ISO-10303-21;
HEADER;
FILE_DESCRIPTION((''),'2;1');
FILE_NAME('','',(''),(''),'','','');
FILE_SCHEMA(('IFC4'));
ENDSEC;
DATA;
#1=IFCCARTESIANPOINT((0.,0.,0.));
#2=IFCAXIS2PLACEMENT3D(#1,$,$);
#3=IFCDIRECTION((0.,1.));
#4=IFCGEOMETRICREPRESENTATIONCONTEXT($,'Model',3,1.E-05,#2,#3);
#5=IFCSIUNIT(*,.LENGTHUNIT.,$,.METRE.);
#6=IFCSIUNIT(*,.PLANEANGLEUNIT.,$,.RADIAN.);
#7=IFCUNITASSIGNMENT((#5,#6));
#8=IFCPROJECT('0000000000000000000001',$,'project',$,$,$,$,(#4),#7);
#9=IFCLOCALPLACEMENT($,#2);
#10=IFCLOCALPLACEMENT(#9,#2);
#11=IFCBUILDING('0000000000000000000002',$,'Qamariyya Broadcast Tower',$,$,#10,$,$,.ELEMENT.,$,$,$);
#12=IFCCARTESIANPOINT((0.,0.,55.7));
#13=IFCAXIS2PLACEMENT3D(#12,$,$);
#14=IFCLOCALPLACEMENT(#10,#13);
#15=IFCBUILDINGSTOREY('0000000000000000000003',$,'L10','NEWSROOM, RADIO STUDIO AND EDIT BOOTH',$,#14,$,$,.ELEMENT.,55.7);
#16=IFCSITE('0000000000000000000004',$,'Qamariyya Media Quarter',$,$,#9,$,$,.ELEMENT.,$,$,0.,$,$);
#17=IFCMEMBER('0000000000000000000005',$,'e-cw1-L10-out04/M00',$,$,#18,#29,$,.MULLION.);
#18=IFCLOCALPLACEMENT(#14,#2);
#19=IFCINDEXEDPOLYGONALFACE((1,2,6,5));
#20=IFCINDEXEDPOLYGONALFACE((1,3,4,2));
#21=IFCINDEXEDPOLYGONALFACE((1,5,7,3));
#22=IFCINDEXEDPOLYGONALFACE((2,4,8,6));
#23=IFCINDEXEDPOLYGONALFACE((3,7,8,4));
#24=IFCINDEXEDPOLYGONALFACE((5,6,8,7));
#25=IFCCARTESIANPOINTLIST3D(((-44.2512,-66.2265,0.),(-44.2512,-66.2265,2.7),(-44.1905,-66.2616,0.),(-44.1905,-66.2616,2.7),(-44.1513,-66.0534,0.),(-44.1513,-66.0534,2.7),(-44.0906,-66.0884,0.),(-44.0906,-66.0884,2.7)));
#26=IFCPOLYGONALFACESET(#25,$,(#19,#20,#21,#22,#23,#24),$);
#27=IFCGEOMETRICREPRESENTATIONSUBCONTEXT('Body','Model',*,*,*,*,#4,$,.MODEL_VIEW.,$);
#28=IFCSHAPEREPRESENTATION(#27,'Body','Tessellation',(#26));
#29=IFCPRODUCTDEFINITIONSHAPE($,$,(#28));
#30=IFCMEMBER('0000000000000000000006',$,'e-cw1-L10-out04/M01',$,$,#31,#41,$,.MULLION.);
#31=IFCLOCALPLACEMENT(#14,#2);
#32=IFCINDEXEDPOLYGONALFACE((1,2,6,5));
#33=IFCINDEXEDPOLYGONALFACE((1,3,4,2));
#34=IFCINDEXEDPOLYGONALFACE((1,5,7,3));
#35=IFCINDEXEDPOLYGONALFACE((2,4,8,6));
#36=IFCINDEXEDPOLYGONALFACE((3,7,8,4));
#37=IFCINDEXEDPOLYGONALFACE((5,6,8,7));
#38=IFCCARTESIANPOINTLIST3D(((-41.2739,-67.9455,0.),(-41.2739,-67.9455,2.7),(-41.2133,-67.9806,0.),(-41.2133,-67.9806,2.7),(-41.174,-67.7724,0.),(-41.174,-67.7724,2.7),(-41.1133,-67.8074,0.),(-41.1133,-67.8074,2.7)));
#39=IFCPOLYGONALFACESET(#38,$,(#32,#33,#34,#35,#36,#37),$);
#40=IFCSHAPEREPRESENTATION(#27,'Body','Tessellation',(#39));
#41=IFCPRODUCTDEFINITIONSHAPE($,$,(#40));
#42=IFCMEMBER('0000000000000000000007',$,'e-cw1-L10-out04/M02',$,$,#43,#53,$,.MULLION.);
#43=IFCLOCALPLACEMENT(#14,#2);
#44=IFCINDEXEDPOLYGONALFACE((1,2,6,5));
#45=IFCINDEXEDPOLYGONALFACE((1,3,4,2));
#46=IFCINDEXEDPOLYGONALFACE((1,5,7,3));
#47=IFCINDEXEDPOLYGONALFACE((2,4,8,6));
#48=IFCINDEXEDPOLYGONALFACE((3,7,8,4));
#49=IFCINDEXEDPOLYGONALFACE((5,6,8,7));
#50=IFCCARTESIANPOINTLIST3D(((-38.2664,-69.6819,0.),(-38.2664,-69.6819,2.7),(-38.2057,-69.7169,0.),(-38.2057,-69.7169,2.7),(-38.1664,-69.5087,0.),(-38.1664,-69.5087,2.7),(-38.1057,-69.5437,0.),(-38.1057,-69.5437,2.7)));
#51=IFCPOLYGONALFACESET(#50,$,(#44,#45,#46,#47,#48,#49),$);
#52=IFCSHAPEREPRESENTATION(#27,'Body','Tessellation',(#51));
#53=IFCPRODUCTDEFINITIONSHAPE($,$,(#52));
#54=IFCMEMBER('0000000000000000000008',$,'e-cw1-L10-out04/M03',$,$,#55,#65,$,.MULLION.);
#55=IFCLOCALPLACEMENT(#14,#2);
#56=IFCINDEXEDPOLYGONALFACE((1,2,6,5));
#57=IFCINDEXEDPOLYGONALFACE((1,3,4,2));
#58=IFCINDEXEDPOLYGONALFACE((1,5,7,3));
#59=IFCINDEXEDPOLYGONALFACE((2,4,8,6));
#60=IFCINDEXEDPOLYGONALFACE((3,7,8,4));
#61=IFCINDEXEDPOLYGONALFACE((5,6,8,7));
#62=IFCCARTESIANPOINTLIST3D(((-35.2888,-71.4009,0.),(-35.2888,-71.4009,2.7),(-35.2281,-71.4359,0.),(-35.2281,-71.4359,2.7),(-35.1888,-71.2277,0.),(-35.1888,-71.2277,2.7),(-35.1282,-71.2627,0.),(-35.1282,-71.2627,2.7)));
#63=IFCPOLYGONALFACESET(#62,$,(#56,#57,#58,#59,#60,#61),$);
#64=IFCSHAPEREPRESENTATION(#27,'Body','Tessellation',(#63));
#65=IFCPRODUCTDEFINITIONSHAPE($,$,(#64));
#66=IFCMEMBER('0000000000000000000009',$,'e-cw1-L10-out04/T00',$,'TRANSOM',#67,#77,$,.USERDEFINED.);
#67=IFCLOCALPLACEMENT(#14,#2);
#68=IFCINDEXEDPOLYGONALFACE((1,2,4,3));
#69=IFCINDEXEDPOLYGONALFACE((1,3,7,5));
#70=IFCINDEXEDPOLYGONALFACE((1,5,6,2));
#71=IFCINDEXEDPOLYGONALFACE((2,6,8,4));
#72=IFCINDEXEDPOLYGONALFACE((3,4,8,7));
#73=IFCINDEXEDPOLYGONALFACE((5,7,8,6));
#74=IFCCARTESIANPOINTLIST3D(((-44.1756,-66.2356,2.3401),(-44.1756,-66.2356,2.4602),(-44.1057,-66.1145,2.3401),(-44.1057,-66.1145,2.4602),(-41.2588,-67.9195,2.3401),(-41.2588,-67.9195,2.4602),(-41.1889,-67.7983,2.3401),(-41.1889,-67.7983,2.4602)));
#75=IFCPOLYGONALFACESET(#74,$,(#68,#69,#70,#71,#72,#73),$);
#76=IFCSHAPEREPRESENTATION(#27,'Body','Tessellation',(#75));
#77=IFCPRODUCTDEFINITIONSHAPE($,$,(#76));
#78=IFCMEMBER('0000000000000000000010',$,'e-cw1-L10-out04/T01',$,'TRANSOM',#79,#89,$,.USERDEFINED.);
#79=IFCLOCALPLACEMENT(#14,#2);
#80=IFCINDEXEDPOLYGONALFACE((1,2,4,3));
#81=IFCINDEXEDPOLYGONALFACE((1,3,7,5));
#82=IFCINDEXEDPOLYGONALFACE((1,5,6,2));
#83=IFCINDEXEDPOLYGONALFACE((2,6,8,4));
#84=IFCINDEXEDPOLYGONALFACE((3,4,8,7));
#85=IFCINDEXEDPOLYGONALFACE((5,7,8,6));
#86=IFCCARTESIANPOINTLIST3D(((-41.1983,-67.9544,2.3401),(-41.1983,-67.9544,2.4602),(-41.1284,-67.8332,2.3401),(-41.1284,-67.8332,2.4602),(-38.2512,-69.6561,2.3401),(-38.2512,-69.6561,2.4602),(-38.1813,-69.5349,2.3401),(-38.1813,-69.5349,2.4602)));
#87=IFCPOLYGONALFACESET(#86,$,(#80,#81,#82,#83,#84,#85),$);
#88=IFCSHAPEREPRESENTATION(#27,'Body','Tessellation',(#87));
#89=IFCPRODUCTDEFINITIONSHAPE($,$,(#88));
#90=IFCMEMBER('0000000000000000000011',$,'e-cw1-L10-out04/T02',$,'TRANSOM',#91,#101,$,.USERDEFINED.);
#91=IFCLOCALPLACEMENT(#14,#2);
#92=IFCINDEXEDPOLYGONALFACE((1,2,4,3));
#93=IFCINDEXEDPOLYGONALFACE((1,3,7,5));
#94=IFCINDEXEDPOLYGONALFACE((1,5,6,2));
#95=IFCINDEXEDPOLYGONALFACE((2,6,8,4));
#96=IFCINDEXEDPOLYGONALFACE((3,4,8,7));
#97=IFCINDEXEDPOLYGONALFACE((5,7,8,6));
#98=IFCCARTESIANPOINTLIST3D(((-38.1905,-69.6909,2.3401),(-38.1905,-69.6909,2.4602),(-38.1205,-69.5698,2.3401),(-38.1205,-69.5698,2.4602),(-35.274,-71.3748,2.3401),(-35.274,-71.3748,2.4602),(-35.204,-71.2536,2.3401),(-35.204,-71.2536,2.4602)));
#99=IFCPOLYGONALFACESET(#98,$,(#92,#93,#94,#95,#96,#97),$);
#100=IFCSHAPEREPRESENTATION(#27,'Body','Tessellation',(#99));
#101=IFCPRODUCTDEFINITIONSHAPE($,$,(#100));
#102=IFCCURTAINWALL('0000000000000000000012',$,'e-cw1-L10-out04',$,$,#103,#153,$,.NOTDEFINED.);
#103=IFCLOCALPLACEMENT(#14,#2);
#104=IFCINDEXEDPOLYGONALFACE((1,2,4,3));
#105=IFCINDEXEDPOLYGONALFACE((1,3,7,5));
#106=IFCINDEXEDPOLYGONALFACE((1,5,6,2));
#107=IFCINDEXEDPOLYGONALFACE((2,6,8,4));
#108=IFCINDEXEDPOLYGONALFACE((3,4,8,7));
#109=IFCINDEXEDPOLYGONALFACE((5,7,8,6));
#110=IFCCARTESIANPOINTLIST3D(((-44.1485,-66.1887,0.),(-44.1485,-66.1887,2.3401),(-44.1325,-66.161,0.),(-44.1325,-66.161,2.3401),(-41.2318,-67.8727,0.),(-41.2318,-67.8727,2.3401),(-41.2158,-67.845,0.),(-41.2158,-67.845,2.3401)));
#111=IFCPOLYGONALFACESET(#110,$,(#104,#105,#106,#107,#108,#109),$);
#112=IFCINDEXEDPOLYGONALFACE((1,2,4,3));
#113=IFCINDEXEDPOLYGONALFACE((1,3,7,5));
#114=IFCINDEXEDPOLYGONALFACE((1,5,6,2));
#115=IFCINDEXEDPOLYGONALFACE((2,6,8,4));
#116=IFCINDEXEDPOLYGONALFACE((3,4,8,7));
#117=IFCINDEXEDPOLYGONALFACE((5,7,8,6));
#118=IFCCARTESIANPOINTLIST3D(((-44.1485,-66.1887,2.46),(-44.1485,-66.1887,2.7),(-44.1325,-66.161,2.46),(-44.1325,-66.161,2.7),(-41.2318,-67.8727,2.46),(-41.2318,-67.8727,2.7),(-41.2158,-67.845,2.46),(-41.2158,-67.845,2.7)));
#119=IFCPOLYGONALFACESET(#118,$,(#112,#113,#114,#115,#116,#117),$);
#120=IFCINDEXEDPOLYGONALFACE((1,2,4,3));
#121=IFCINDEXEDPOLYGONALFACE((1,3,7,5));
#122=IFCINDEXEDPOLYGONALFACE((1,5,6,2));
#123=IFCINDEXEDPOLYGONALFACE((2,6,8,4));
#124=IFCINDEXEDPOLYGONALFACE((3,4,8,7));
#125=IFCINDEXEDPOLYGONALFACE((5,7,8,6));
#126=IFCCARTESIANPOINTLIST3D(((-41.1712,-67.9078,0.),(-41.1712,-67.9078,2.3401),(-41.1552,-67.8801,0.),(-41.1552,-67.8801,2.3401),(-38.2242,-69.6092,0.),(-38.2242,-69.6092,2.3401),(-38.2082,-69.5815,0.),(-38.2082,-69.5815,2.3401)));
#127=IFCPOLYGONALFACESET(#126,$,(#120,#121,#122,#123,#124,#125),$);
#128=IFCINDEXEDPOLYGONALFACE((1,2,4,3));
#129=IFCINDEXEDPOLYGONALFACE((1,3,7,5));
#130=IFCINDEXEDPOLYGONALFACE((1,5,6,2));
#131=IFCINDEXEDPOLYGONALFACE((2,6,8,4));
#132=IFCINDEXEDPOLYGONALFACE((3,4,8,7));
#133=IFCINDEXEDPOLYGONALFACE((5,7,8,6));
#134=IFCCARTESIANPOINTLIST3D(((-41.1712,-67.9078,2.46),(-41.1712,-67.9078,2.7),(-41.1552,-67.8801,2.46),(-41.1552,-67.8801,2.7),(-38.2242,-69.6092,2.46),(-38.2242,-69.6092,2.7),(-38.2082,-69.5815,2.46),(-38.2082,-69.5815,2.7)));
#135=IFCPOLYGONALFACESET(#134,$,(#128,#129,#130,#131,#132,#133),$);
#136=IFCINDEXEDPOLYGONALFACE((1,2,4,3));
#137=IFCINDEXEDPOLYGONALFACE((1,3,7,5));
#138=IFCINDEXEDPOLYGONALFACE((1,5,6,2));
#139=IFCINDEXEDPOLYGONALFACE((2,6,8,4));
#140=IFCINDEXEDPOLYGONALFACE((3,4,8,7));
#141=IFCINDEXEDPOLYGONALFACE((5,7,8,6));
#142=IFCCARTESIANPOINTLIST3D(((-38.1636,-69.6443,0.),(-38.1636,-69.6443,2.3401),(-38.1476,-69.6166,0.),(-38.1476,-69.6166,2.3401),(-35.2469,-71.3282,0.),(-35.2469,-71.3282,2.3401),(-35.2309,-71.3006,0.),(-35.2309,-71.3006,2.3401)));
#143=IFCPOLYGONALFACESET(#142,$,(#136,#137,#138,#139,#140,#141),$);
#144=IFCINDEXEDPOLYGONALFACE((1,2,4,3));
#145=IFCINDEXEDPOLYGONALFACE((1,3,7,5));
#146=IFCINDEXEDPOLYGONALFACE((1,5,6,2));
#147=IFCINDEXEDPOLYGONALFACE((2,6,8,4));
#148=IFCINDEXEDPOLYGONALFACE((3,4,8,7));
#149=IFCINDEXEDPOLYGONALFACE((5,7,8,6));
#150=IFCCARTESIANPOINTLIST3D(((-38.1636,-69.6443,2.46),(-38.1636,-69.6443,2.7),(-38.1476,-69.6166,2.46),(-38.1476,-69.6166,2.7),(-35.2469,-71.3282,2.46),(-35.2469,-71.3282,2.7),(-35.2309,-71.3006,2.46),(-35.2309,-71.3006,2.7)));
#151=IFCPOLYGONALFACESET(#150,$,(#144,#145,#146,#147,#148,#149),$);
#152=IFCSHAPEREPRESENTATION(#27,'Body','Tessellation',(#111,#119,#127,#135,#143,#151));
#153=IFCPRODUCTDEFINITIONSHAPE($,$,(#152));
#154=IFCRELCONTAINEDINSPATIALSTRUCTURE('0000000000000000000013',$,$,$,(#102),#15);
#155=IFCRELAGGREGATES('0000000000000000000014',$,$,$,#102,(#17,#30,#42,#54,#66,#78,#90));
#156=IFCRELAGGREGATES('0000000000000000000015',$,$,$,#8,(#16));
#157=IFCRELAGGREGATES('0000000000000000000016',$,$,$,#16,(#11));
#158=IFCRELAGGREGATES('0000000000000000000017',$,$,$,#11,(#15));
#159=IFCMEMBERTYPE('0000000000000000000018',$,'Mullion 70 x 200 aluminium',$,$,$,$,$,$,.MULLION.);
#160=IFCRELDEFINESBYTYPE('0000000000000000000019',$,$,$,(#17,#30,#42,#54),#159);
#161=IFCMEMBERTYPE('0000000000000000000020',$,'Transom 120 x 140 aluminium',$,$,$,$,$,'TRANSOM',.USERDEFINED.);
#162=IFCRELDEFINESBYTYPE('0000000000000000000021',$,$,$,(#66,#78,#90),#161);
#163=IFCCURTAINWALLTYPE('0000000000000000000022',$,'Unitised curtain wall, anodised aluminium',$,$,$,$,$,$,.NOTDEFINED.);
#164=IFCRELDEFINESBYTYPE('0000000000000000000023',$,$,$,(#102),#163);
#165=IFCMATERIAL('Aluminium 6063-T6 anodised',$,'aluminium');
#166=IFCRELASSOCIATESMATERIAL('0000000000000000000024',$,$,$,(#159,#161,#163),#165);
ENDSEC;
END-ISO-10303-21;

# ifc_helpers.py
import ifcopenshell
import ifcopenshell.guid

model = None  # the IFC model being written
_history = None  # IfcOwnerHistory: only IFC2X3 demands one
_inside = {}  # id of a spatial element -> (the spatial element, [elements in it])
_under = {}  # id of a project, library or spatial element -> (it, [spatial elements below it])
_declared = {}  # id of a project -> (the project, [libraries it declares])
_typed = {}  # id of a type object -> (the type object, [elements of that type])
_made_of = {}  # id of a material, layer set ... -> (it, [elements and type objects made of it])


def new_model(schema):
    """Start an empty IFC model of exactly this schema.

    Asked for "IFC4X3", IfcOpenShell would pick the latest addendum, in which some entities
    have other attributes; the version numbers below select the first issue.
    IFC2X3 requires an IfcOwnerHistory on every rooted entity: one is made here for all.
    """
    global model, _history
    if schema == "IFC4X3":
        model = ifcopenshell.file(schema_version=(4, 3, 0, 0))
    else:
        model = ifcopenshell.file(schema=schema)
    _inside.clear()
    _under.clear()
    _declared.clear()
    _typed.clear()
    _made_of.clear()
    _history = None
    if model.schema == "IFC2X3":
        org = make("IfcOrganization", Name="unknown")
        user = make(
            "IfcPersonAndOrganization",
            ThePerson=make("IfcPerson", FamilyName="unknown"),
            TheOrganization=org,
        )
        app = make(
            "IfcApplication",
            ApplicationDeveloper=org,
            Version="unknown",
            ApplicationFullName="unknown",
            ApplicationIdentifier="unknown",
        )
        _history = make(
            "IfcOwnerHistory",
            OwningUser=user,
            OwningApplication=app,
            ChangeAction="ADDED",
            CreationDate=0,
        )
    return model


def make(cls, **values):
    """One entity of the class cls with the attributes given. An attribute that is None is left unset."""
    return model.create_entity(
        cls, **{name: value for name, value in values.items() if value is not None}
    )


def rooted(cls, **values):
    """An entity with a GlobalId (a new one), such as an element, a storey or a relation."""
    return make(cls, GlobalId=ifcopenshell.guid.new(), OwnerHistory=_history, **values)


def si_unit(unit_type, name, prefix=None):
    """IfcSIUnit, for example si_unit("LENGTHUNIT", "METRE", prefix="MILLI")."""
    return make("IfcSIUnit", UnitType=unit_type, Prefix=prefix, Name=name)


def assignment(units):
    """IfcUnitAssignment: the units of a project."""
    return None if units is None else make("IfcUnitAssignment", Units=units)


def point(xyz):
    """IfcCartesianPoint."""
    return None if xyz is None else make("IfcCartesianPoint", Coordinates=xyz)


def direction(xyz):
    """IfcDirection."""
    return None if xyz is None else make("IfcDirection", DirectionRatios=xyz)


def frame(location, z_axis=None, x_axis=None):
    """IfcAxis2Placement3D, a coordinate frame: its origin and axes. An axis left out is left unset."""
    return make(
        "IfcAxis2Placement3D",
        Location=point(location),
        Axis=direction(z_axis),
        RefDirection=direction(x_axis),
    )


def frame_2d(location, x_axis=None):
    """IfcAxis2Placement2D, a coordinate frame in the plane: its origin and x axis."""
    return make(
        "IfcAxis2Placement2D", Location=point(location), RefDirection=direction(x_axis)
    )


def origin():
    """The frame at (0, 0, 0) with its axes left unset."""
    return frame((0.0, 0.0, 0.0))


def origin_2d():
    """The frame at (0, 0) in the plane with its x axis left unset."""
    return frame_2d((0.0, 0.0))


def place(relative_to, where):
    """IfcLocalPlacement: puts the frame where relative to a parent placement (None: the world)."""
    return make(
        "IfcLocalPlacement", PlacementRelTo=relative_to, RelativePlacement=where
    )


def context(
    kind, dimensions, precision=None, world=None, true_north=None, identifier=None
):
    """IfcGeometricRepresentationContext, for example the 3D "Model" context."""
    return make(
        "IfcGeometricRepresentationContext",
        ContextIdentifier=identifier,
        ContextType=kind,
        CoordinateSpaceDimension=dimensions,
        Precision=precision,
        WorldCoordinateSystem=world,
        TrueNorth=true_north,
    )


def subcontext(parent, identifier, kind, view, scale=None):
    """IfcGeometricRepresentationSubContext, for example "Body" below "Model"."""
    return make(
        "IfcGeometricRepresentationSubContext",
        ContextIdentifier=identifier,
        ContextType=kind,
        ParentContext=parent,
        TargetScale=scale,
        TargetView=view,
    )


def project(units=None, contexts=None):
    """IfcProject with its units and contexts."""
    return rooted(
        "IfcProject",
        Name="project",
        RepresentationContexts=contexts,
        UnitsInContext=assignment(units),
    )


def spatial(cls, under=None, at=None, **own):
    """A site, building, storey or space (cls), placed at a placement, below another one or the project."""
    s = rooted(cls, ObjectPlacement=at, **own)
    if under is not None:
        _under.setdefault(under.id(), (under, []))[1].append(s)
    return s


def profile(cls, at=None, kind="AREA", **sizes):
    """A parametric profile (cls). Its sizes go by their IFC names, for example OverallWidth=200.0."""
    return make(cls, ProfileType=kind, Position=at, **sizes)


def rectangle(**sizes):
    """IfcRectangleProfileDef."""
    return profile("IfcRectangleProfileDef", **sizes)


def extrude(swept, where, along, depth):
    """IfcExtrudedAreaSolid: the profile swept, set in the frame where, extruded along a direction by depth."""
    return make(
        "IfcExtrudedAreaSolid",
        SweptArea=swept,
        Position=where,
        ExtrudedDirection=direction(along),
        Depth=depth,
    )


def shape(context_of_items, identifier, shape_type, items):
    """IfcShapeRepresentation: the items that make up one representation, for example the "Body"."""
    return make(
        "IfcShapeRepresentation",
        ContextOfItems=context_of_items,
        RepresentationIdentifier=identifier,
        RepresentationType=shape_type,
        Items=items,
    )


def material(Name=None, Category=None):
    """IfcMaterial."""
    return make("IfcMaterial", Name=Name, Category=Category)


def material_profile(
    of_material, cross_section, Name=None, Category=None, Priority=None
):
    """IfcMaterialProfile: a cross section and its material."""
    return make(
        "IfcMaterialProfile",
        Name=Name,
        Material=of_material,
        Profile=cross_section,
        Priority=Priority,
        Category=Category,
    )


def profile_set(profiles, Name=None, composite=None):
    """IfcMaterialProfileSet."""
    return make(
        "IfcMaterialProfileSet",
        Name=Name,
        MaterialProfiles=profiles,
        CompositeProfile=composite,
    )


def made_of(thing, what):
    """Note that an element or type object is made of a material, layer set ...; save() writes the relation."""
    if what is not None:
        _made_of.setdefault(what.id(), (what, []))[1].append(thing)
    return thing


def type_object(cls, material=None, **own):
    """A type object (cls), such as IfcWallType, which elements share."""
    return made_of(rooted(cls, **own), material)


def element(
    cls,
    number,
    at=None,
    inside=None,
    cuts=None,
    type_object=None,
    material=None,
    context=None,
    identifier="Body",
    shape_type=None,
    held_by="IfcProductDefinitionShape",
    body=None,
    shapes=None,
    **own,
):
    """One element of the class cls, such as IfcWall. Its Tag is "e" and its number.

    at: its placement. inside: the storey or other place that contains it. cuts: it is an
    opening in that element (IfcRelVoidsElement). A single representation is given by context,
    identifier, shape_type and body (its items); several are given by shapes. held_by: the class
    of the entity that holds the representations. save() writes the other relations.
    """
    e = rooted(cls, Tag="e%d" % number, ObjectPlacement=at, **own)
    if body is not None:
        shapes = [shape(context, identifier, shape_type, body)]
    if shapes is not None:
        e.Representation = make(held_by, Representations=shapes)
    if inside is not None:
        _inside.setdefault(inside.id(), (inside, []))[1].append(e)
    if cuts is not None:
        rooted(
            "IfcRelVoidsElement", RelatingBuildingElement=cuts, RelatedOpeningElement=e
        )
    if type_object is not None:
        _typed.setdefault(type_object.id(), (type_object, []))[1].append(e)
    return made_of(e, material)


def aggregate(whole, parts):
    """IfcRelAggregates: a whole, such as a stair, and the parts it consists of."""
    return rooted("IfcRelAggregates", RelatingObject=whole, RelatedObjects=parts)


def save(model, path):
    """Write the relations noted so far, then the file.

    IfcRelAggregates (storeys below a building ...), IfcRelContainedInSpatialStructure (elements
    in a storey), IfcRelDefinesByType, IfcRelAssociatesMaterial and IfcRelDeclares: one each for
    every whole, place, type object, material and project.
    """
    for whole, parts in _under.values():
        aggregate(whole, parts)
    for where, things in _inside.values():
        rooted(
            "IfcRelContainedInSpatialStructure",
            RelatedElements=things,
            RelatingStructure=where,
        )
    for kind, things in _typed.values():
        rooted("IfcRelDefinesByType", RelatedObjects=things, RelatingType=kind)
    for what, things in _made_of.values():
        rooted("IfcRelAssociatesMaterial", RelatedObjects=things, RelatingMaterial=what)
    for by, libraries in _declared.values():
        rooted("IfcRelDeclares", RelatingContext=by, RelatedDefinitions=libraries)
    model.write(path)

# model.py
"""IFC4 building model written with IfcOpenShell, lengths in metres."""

from ifc_helpers import new_model, si_unit, direction, frame, origin, origin_2d, place, context, subcontext, project, spatial, rectangle, extrude, material, material_profile, profile_set, type_object, element, aggregate, save


model = new_model("IFC4")

# Units and contexts
model_context = context("Model", 3, precision=1e-05, world=origin(), true_north=direction((0.0, 1.0)))
body_context = subcontext(model_context, "Body", "Model", "MODEL_VIEW")
ifc_project = project(units=[si_unit("LENGTHUNIT", "METRE"), si_unit("PLANEANGLEUNIT", "RADIAN")], contexts=[model_context])

# Members
ifc_material_1 = material(Name="Aluminium 6063-T6 anodised", Category="aluminium")
ifc_material_profile_1 = material_profile(ifc_material_1, rectangle(XDim=0.2, YDim=0.0701, at=origin_2d()))
ifc_profile_set_1 = profile_set([ifc_material_profile_1], Name="Aluminium 6063-T6 anodised")
member_type_1 = type_object("IfcMemberType", Name="Mullion 70 x 200 aluminium", PredefinedType="MULLION", material=ifc_profile_set_1)
site_placement = place(None, origin())
building_placement = place(site_placement, origin())
storey_placement = place(building_placement, frame((0.0, 0.0, 55.7)))
member_1_placement = place(storey_placement, frame((-44.1709, -66.1575, 0.0), z_axis=(0.0, 0.0, 1.0), x_axis=(0.5, 0.866025, 0.0)))
member_1 = element("IfcMember", 1, at=member_1_placement, type_object=member_type_1, Name="e-cw1-L10-out04/M00", PredefinedType="MULLION", context=body_context, shape_type="SweptSolid", body=[
    extrude(rectangle(XDim=0.2, YDim=0.0701, at=origin_2d()), origin(), (0.0, 0.0, 1.0), 2.7),
])
member_2_placement = place(storey_placement, frame((-41.1936, -67.8765, 0.0), z_axis=(0.0, 0.0, 1.0), x_axis=(0.5, 0.866025, 0.0)))
member_2 = element("IfcMember", 2, at=member_2_placement, type_object=member_type_1, Name="e-cw1-L10-out04/M01", PredefinedType="MULLION", context=body_context, shape_type="SweptSolid", body=[
    extrude(rectangle(XDim=0.2, YDim=0.0701, at=origin_2d()), origin(), (0.0, 0.0, 1.0), 2.7),
])
member_3_placement = place(storey_placement, frame((-38.186, -69.6128, 0.0), z_axis=(0.0, 0.0, 1.0), x_axis=(0.5, 0.866025, 0.0)))
member_3 = element("IfcMember", 3, at=member_3_placement, type_object=member_type_1, Name="e-cw1-L10-out04/M02", PredefinedType="MULLION", context=body_context, shape_type="SweptSolid", body=[
    extrude(rectangle(XDim=0.2, YDim=0.0701, at=origin_2d()), origin(), (0.0, 0.0, 1.0), 2.7),
])
member_4_placement = place(storey_placement, frame((-35.2085, -71.3318, 0.0), z_axis=(0.0, 0.0, 1.0), x_axis=(0.5, 0.866025, 0.0)))
member_4 = element("IfcMember", 4, at=member_4_placement, type_object=member_type_1, Name="e-cw1-L10-out04/M03", PredefinedType="MULLION", context=body_context, shape_type="SweptSolid", body=[
    extrude(rectangle(XDim=0.2, YDim=0.0701, at=origin_2d()), origin(), (0.0, 0.0, 1.0), 2.7),
])
ifc_material_profile_2 = material_profile(ifc_material_1, rectangle(XDim=0.1399, YDim=0.1201, at=origin_2d()))
ifc_profile_set_2 = profile_set([ifc_material_profile_2], Name="Aluminium 6063-T6 anodised")
member_type_2 = type_object("IfcMemberType", Name="Transom 120 x 140 aluminium", ElementType="TRANSOM", PredefinedType="USERDEFINED", material=ifc_profile_set_2)
member_5_placement = place(storey_placement, frame((-44.1406, -66.175, 2.4001), z_axis=(0.866044, -0.499967, 0.0), x_axis=(0.499967, 0.866044, 0.0)))
member_5 = element("IfcMember", 5, at=member_5_placement, type_object=member_type_2, Name="e-cw1-L10-out04/T00", ObjectType="TRANSOM", PredefinedType="USERDEFINED", context=body_context, shape_type="SweptSolid", body=[
    extrude(rectangle(XDim=0.1399, YDim=0.1201, at=origin_2d()), origin(), (0.0, 0.0, 1.0), 3.3679),
])
member_6_placement = place(storey_placement, frame((-41.1633, -67.8938, 2.4001), z_axis=(0.866, -0.500043, 0.0), x_axis=(0.500043, 0.866, 0.0)))
member_6 = element("IfcMember", 6, at=member_6_placement, type_object=member_type_2, Name="e-cw1-L10-out04/T01", ObjectType="TRANSOM", PredefinedType="USERDEFINED", context=body_context, shape_type="SweptSolid", body=[
    extrude(rectangle(XDim=0.1399, YDim=0.1201, at=origin_2d()), origin(), (0.0, 0.0, 1.0), 3.4031),
])
member_7_placement = place(storey_placement, frame((-38.1555, -69.6304, 2.4001), z_axis=(0.866026, -0.499999, 0.0), x_axis=(0.499999, 0.866026, 0.0)))
member_7 = element("IfcMember", 7, at=member_7_placement, type_object=member_type_2, Name="e-cw1-L10-out04/T02", ObjectType="TRANSOM", PredefinedType="USERDEFINED", context=body_context, shape_type="SweptSolid", body=[
    extrude(rectangle(XDim=0.1399, YDim=0.1201, at=origin_2d()), origin(), (0.0, 0.0, 1.0), 3.3677),
])

# Site, building, storey
site = spatial("IfcSite", under=ifc_project, at=site_placement, Name="Qamariyya Media Quarter", CompositionType="ELEMENT", RefElevation=0.0)
building = spatial("IfcBuilding", under=site, at=building_placement, Name="Qamariyya Broadcast Tower", CompositionType="ELEMENT")
storey = spatial("IfcBuildingStorey", under=building, at=storey_placement, Name="L10", Description="NEWSROOM, RADIO STUDIO AND EDIT BOOTH", CompositionType="ELEMENT", Elevation=55.7)

# Curtain wall
curtain_wall_type = type_object("IfcCurtainWallType", Name="Unitised curtain wall, anodised aluminium", PredefinedType="NOTDEFINED", material=ifc_material_1)
curtain_wall_1_placement = place(storey_placement, origin())
curtain_wall_1 = element("IfcCurtainWall", 8, at=curtain_wall_1_placement, inside=storey, type_object=curtain_wall_type, Name="e-cw1-L10-out04", PredefinedType="NOTDEFINED", context=body_context, shape_type="SweptSolid", body=[
    extrude(rectangle(XDim=3.3679, YDim=0.032, at=origin_2d()), frame((-42.6821, -67.0168, 0.0), x_axis=(0.866022, -0.500005, 0.0)), (0.0, 0.0, 1.0), 2.3401),
    extrude(rectangle(XDim=3.3679, YDim=0.032, at=origin_2d()), frame((-42.6821, -67.0168, 2.46), x_axis=(0.866022, -0.500005, 0.0)), (0.0, 0.0, 1.0), 0.24),
    extrude(rectangle(XDim=3.4028, YDim=0.032, at=origin_2d()), frame((-39.6897, -68.7446, 0.0), x_axis=(0.866022, -0.500005, 0.0)), (0.0, 0.0, 1.0), 2.3401),
    extrude(rectangle(XDim=3.4028, YDim=0.032, at=origin_2d()), frame((-39.6897, -68.7446, 2.46), x_axis=(0.866022, -0.500005, 0.0)), (0.0, 0.0, 1.0), 0.24),
    extrude(rectangle(XDim=3.3679, YDim=0.032, at=origin_2d()), frame((-36.6973, -70.4724, 0.0), x_axis=(0.866022, -0.500005, 0.0)), (0.0, 0.0, 1.0), 2.3401),
    extrude(rectangle(XDim=3.3679, YDim=0.032, at=origin_2d()), frame((-36.6973, -70.4724, 2.46), x_axis=(0.866022, -0.500005, 0.0)), (0.0, 0.0, 1.0), 0.24),
])
aggregate(curtain_wall_1, [member_1, member_2, member_3, member_4, member_5, member_6, member_7])

save(model, "model.ifc")
